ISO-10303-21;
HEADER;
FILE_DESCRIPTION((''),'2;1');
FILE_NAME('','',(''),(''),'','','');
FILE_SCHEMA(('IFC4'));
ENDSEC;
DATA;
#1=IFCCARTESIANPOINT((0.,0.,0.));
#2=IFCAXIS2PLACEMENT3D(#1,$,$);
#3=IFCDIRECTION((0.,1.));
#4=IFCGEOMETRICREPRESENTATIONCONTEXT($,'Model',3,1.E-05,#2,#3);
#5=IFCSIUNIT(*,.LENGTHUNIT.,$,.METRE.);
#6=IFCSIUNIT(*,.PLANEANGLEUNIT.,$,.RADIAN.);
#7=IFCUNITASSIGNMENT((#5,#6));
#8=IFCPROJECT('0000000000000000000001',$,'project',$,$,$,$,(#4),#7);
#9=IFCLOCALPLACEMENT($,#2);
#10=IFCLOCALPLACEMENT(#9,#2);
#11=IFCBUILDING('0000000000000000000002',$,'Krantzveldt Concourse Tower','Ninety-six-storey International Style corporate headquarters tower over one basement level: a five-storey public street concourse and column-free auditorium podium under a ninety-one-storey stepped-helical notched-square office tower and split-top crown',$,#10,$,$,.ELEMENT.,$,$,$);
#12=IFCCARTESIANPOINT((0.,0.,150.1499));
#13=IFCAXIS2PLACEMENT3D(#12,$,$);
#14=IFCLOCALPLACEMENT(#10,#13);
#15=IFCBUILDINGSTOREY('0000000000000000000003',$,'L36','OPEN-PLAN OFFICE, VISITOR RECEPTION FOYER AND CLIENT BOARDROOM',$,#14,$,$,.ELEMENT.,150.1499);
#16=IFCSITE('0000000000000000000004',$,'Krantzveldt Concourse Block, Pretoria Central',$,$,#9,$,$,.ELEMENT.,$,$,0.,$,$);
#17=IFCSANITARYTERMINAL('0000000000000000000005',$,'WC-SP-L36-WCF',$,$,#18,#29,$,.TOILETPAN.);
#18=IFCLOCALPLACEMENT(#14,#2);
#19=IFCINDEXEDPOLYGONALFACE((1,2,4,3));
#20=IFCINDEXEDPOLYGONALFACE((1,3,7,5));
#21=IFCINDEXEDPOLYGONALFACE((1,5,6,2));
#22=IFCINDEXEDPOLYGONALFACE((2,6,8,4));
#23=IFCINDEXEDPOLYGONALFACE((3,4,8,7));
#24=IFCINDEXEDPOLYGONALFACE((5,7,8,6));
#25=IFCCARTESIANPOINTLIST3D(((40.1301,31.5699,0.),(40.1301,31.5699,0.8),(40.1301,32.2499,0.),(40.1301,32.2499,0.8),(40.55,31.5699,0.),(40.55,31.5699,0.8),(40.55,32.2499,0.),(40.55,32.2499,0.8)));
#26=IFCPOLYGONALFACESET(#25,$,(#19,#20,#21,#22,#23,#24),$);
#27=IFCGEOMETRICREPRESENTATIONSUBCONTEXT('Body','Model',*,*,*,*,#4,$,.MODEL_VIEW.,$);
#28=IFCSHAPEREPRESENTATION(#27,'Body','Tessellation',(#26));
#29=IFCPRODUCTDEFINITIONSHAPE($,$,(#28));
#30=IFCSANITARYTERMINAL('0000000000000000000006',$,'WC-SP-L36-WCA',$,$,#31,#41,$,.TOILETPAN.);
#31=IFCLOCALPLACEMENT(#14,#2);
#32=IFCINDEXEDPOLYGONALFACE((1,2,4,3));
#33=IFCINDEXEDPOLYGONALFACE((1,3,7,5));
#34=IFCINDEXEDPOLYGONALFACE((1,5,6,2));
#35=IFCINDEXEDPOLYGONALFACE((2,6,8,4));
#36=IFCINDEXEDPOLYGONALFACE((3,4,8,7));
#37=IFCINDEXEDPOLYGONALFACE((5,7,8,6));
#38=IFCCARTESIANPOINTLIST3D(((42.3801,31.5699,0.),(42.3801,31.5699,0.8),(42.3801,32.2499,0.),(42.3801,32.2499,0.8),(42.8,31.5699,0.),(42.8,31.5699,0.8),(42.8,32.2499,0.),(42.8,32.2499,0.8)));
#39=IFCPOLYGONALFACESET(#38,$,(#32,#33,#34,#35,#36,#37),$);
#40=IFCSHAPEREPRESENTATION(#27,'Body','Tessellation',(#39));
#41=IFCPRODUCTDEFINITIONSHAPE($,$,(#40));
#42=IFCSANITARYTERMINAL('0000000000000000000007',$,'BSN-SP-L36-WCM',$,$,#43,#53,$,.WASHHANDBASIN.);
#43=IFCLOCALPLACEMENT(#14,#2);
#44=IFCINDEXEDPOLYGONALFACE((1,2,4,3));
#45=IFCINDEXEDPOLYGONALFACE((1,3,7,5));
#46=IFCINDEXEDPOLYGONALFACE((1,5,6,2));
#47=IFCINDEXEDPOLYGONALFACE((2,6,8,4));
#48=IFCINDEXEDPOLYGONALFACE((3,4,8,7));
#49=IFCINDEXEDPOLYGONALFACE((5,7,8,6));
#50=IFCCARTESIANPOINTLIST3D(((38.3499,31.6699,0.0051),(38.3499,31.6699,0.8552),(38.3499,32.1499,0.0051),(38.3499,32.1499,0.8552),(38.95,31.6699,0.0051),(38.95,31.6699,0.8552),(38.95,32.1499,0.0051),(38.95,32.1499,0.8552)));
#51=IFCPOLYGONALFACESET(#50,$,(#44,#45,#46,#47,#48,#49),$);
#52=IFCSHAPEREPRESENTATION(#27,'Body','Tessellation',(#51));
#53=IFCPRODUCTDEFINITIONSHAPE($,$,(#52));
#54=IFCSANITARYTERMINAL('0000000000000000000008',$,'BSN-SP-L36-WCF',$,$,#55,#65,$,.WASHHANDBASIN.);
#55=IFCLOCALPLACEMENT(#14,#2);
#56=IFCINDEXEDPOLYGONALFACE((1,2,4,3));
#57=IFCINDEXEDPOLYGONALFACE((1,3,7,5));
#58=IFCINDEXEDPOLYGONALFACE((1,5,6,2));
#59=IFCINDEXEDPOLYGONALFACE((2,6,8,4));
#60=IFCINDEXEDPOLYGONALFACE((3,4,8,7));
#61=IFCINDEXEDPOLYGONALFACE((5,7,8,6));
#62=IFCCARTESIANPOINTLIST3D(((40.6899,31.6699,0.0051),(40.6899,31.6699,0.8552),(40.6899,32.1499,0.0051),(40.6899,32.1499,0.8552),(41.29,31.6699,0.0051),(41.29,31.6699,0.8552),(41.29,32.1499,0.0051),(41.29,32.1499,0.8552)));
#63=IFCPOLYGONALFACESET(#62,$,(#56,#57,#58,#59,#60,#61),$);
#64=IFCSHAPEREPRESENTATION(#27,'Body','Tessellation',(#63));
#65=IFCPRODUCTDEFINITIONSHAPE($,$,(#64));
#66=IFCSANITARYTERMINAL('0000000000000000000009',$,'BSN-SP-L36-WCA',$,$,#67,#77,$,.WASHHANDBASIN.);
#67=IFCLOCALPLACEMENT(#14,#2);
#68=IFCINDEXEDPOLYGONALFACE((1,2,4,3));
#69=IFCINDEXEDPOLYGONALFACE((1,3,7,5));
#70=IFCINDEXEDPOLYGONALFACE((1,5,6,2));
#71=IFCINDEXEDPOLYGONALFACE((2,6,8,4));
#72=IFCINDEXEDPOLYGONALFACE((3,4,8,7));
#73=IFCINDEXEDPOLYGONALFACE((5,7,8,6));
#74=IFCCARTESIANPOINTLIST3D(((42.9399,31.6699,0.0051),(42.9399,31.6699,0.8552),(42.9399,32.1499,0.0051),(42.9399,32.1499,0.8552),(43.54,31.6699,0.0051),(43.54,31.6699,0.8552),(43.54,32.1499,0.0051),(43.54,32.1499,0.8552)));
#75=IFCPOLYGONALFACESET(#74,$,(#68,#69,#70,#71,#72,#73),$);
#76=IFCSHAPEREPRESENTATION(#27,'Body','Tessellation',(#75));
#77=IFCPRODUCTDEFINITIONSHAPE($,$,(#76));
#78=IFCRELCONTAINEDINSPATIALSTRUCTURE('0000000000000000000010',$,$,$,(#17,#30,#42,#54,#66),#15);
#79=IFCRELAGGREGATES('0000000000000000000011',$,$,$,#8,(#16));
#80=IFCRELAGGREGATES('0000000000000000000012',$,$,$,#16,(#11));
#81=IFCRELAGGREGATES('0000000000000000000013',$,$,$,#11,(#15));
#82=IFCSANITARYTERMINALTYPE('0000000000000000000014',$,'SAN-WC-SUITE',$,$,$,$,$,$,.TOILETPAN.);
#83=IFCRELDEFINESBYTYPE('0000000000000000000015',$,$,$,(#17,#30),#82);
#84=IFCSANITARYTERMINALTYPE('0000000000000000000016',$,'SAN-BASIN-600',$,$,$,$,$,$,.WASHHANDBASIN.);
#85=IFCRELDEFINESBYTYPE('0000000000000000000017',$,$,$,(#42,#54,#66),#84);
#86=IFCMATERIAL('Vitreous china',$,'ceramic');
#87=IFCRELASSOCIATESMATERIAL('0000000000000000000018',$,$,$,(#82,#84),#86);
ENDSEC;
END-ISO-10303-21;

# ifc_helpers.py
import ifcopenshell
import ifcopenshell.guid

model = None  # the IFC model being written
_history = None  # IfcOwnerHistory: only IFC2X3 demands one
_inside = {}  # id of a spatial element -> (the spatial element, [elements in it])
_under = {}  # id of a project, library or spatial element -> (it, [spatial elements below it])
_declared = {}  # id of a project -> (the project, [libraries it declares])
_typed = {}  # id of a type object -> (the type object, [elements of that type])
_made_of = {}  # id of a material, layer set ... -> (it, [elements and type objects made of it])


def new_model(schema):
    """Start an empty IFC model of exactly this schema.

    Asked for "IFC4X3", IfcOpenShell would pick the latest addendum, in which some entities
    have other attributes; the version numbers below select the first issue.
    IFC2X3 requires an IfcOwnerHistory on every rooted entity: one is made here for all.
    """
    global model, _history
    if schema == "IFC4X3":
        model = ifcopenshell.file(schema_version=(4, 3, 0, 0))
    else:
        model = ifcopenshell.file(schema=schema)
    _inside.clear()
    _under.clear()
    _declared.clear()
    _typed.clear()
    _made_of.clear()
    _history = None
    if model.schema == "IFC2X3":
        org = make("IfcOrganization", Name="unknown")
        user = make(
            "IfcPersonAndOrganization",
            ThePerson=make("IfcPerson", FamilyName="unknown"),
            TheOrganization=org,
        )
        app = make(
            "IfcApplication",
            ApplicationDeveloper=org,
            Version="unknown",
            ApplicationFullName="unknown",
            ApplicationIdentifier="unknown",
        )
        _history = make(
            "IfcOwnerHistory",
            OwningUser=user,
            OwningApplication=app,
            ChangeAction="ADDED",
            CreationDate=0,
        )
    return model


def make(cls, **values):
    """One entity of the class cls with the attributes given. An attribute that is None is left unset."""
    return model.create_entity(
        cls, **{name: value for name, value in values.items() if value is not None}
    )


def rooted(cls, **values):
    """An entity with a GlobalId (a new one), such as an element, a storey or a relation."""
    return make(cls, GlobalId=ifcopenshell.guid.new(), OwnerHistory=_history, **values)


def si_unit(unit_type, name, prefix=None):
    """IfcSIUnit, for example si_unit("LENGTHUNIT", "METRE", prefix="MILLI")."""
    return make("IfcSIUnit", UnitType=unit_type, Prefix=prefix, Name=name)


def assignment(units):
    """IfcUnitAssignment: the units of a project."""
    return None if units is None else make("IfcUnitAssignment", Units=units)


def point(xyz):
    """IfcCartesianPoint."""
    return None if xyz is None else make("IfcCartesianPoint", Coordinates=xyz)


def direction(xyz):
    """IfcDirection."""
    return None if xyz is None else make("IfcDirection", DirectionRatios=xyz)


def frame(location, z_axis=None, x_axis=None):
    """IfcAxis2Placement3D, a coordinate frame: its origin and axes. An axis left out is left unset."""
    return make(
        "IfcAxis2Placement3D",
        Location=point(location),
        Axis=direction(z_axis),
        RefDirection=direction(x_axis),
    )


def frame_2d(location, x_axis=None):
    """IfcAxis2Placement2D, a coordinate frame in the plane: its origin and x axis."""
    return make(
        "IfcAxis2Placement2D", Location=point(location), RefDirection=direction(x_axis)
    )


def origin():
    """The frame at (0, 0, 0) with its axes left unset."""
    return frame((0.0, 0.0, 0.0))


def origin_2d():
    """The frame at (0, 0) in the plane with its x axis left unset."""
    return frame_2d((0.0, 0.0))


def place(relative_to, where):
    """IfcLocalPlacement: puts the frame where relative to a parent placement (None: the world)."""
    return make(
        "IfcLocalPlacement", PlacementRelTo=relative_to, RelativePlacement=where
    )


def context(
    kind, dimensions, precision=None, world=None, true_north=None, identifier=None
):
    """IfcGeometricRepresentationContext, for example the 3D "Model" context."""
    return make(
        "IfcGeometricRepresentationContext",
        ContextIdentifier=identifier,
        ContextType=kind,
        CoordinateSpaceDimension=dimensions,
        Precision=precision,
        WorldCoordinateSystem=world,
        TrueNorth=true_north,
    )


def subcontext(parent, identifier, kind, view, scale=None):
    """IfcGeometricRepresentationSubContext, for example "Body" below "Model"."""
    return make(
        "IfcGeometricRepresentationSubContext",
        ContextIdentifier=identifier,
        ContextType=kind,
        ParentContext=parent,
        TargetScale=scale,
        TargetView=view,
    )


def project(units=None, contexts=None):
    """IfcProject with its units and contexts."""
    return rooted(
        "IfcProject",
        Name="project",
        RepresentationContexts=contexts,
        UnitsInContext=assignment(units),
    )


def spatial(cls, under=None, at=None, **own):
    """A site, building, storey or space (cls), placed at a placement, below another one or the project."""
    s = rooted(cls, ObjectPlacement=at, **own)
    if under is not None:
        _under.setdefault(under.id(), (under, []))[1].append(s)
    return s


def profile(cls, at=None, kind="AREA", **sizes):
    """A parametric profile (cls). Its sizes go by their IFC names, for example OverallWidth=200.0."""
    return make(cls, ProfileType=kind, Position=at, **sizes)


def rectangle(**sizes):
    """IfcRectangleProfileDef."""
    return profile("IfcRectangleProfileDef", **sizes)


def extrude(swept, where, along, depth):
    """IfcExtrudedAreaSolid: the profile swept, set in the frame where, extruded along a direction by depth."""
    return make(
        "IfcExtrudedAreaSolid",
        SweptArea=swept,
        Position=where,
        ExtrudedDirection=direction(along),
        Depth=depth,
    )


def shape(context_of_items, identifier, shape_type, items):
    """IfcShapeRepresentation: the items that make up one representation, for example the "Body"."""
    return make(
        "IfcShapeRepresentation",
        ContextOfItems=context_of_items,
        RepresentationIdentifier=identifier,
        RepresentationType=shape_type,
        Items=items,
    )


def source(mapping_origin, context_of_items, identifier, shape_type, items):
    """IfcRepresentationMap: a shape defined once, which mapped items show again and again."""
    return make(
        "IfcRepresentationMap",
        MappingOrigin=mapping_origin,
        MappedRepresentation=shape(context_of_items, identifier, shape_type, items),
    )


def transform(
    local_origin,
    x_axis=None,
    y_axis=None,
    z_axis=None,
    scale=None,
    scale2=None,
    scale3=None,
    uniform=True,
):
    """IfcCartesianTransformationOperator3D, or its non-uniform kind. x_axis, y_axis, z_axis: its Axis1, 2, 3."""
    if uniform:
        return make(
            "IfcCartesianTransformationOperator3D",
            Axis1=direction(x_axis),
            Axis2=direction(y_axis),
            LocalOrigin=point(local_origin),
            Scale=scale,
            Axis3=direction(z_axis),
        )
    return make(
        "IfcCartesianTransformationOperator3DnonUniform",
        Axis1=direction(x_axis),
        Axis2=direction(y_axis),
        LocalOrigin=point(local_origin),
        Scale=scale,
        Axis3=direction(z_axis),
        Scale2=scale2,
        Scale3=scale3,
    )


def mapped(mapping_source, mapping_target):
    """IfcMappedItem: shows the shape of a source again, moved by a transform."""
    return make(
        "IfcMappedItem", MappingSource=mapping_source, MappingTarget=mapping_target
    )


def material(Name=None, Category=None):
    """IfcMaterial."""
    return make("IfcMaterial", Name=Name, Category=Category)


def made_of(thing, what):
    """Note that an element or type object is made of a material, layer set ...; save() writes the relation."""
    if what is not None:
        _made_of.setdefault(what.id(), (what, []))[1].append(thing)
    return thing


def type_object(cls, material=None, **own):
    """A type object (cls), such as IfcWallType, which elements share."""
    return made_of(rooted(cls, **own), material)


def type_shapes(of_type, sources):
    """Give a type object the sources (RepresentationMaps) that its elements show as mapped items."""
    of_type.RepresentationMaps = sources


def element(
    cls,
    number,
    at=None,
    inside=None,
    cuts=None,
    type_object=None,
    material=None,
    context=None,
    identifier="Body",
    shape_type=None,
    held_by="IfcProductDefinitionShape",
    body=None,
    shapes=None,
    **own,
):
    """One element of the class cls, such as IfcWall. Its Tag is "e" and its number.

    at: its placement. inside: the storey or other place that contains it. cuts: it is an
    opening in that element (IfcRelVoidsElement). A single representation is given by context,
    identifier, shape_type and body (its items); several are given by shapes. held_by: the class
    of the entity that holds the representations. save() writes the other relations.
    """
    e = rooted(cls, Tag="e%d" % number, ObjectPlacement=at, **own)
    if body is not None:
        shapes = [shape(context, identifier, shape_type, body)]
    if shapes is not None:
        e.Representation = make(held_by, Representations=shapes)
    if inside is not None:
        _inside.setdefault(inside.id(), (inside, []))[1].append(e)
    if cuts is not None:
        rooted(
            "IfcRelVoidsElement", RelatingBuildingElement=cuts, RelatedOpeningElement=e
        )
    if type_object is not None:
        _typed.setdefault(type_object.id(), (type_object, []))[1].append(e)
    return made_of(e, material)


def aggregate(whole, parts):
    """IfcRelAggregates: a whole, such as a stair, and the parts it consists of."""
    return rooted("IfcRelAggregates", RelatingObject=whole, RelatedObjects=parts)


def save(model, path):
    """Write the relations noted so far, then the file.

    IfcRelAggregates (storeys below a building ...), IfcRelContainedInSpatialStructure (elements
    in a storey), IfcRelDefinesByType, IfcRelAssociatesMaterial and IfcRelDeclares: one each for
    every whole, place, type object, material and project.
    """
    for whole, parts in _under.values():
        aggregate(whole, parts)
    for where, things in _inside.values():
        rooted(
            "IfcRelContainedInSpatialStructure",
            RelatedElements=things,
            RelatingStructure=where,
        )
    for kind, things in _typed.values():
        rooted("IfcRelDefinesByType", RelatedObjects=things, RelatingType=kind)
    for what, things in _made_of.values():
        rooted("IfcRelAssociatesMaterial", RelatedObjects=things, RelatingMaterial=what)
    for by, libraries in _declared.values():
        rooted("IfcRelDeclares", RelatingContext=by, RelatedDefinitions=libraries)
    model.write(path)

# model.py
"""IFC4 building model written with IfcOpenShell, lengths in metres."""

from ifc_helpers import new_model, si_unit, direction, frame, origin, origin_2d, place, context, subcontext, project, spatial, rectangle, extrude, source, transform, mapped, material, type_object, type_shapes, element, save


model = new_model("IFC4")

# Units and contexts
model_context = context("Model", 3, precision=1e-05, world=origin(), true_north=direction((0.0, 1.0)))
body_context = subcontext(model_context, "Body", "Model", "MODEL_VIEW")
ifc_project = project(units=[si_unit("LENGTHUNIT", "METRE"), si_unit("PLANEANGLEUNIT", "RADIAN")], contexts=[model_context])

# Site, building, storey
site_placement = place(None, origin())
site = spatial("IfcSite", under=ifc_project, at=site_placement, Name="Krantzveldt Concourse Block, Pretoria Central", CompositionType="ELEMENT", RefElevation=0.0)
building_placement = place(site_placement, origin())
building = spatial("IfcBuilding", under=site, at=building_placement, Name="Krantzveldt Concourse Tower", Description="Ninety-six-storey International Style corporate headquarters tower over one basement level: a five-storey public street concourse and column-free auditorium podium under a ninety-one-storey stepped-helical notched-square office tower and split-top crown", CompositionType="ELEMENT")
storey_placement = place(building_placement, frame((0.0, 0.0, 150.1499)))
storey = spatial("IfcBuildingStorey", under=building, at=storey_placement, Name="L36", Description="OPEN-PLAN OFFICE, VISITOR RECEPTION FOYER AND CLIENT BOARDROOM", CompositionType="ELEMENT", Elevation=150.1499)

# Sanitary terminals
ifc_material_1 = material(Name="Vitreous china", Category="ceramic")
sanitary_terminal_type_1 = type_object("IfcSanitaryTerminalType", Name="SAN-WC-SUITE", PredefinedType="TOILETPAN", material=ifc_material_1)
shared_shape_1 = source(origin(), body_context, "Body", "SweptSolid", [
    extrude(rectangle(XDim=0.4199, YDim=0.6799, at=origin_2d()), origin(), (0.0, 0.0, 1.0), 0.8),
])
type_shapes(sanitary_terminal_type_1, [shared_shape_1])
for number, where, z_axis, x_axis, name in (
    (1, (40.3401, 31.9099, 0.0), (0.0, 0.0, 1.0), (1.0, 0.0, 0.0), "WC-SP-L36-WCF"),
    (2, (42.5901, 31.9099, 0.0), (0.0, 0.0, 1.0), (1.0, 0.0, 0.0), "WC-SP-L36-WCA"),
):
    element("IfcSanitaryTerminal", number, at=place(storey_placement, frame(where, z_axis=z_axis, x_axis=x_axis)), inside=storey, type_object=sanitary_terminal_type_1, Name=name, PredefinedType="TOILETPAN", context=body_context, shape_type="MappedRepresentation", body=[
        mapped(shared_shape_1, transform((0.0, 0.0, 0.0), x_axis=(1.0, 0.0, 0.0), y_axis=(0.0, 1.0, 0.0), z_axis=(0.0, 0.0, 1.0), scale=1.0)),
    ])
sanitary_terminal_type_2 = type_object("IfcSanitaryTerminalType", Name="SAN-BASIN-600", PredefinedType="WASHHANDBASIN", material=ifc_material_1)
shared_shape_2 = source(origin(), body_context, "Body", "SweptSolid", [
    extrude(rectangle(XDim=0.6001, YDim=0.48, at=origin_2d()), origin(), (0.0, 0.0, 1.0), 0.8501),
])
type_shapes(sanitary_terminal_type_2, [shared_shape_2])
for number, where, z_axis, x_axis, name in (
    (3, (38.6499, 31.9099, 0.0051), (0.0, 0.0, 1.0), (1.0, 0.0, 0.0), "BSN-SP-L36-WCM"),
    (4, (40.99, 31.9099, 0.0051), (0.0, 0.0, 1.0), (1.0, 0.0, 0.0), "BSN-SP-L36-WCF"),
    (5, (43.24, 31.9099, 0.0051), (0.0, 0.0, 1.0), (1.0, 0.0, 0.0), "BSN-SP-L36-WCA"),
):
    element("IfcSanitaryTerminal", number, at=place(storey_placement, frame(where, z_axis=z_axis, x_axis=x_axis)), inside=storey, type_object=sanitary_terminal_type_2, Name=name, PredefinedType="WASHHANDBASIN", context=body_context, shape_type="MappedRepresentation", body=[
        mapped(shared_shape_2, transform((0.0, 0.0, 0.0), x_axis=(1.0, 0.0, 0.0), y_axis=(0.0, 1.0, 0.0), z_axis=(0.0, 0.0, 1.0), scale=1.0)),
    ])

save(model, "model.ifc")
